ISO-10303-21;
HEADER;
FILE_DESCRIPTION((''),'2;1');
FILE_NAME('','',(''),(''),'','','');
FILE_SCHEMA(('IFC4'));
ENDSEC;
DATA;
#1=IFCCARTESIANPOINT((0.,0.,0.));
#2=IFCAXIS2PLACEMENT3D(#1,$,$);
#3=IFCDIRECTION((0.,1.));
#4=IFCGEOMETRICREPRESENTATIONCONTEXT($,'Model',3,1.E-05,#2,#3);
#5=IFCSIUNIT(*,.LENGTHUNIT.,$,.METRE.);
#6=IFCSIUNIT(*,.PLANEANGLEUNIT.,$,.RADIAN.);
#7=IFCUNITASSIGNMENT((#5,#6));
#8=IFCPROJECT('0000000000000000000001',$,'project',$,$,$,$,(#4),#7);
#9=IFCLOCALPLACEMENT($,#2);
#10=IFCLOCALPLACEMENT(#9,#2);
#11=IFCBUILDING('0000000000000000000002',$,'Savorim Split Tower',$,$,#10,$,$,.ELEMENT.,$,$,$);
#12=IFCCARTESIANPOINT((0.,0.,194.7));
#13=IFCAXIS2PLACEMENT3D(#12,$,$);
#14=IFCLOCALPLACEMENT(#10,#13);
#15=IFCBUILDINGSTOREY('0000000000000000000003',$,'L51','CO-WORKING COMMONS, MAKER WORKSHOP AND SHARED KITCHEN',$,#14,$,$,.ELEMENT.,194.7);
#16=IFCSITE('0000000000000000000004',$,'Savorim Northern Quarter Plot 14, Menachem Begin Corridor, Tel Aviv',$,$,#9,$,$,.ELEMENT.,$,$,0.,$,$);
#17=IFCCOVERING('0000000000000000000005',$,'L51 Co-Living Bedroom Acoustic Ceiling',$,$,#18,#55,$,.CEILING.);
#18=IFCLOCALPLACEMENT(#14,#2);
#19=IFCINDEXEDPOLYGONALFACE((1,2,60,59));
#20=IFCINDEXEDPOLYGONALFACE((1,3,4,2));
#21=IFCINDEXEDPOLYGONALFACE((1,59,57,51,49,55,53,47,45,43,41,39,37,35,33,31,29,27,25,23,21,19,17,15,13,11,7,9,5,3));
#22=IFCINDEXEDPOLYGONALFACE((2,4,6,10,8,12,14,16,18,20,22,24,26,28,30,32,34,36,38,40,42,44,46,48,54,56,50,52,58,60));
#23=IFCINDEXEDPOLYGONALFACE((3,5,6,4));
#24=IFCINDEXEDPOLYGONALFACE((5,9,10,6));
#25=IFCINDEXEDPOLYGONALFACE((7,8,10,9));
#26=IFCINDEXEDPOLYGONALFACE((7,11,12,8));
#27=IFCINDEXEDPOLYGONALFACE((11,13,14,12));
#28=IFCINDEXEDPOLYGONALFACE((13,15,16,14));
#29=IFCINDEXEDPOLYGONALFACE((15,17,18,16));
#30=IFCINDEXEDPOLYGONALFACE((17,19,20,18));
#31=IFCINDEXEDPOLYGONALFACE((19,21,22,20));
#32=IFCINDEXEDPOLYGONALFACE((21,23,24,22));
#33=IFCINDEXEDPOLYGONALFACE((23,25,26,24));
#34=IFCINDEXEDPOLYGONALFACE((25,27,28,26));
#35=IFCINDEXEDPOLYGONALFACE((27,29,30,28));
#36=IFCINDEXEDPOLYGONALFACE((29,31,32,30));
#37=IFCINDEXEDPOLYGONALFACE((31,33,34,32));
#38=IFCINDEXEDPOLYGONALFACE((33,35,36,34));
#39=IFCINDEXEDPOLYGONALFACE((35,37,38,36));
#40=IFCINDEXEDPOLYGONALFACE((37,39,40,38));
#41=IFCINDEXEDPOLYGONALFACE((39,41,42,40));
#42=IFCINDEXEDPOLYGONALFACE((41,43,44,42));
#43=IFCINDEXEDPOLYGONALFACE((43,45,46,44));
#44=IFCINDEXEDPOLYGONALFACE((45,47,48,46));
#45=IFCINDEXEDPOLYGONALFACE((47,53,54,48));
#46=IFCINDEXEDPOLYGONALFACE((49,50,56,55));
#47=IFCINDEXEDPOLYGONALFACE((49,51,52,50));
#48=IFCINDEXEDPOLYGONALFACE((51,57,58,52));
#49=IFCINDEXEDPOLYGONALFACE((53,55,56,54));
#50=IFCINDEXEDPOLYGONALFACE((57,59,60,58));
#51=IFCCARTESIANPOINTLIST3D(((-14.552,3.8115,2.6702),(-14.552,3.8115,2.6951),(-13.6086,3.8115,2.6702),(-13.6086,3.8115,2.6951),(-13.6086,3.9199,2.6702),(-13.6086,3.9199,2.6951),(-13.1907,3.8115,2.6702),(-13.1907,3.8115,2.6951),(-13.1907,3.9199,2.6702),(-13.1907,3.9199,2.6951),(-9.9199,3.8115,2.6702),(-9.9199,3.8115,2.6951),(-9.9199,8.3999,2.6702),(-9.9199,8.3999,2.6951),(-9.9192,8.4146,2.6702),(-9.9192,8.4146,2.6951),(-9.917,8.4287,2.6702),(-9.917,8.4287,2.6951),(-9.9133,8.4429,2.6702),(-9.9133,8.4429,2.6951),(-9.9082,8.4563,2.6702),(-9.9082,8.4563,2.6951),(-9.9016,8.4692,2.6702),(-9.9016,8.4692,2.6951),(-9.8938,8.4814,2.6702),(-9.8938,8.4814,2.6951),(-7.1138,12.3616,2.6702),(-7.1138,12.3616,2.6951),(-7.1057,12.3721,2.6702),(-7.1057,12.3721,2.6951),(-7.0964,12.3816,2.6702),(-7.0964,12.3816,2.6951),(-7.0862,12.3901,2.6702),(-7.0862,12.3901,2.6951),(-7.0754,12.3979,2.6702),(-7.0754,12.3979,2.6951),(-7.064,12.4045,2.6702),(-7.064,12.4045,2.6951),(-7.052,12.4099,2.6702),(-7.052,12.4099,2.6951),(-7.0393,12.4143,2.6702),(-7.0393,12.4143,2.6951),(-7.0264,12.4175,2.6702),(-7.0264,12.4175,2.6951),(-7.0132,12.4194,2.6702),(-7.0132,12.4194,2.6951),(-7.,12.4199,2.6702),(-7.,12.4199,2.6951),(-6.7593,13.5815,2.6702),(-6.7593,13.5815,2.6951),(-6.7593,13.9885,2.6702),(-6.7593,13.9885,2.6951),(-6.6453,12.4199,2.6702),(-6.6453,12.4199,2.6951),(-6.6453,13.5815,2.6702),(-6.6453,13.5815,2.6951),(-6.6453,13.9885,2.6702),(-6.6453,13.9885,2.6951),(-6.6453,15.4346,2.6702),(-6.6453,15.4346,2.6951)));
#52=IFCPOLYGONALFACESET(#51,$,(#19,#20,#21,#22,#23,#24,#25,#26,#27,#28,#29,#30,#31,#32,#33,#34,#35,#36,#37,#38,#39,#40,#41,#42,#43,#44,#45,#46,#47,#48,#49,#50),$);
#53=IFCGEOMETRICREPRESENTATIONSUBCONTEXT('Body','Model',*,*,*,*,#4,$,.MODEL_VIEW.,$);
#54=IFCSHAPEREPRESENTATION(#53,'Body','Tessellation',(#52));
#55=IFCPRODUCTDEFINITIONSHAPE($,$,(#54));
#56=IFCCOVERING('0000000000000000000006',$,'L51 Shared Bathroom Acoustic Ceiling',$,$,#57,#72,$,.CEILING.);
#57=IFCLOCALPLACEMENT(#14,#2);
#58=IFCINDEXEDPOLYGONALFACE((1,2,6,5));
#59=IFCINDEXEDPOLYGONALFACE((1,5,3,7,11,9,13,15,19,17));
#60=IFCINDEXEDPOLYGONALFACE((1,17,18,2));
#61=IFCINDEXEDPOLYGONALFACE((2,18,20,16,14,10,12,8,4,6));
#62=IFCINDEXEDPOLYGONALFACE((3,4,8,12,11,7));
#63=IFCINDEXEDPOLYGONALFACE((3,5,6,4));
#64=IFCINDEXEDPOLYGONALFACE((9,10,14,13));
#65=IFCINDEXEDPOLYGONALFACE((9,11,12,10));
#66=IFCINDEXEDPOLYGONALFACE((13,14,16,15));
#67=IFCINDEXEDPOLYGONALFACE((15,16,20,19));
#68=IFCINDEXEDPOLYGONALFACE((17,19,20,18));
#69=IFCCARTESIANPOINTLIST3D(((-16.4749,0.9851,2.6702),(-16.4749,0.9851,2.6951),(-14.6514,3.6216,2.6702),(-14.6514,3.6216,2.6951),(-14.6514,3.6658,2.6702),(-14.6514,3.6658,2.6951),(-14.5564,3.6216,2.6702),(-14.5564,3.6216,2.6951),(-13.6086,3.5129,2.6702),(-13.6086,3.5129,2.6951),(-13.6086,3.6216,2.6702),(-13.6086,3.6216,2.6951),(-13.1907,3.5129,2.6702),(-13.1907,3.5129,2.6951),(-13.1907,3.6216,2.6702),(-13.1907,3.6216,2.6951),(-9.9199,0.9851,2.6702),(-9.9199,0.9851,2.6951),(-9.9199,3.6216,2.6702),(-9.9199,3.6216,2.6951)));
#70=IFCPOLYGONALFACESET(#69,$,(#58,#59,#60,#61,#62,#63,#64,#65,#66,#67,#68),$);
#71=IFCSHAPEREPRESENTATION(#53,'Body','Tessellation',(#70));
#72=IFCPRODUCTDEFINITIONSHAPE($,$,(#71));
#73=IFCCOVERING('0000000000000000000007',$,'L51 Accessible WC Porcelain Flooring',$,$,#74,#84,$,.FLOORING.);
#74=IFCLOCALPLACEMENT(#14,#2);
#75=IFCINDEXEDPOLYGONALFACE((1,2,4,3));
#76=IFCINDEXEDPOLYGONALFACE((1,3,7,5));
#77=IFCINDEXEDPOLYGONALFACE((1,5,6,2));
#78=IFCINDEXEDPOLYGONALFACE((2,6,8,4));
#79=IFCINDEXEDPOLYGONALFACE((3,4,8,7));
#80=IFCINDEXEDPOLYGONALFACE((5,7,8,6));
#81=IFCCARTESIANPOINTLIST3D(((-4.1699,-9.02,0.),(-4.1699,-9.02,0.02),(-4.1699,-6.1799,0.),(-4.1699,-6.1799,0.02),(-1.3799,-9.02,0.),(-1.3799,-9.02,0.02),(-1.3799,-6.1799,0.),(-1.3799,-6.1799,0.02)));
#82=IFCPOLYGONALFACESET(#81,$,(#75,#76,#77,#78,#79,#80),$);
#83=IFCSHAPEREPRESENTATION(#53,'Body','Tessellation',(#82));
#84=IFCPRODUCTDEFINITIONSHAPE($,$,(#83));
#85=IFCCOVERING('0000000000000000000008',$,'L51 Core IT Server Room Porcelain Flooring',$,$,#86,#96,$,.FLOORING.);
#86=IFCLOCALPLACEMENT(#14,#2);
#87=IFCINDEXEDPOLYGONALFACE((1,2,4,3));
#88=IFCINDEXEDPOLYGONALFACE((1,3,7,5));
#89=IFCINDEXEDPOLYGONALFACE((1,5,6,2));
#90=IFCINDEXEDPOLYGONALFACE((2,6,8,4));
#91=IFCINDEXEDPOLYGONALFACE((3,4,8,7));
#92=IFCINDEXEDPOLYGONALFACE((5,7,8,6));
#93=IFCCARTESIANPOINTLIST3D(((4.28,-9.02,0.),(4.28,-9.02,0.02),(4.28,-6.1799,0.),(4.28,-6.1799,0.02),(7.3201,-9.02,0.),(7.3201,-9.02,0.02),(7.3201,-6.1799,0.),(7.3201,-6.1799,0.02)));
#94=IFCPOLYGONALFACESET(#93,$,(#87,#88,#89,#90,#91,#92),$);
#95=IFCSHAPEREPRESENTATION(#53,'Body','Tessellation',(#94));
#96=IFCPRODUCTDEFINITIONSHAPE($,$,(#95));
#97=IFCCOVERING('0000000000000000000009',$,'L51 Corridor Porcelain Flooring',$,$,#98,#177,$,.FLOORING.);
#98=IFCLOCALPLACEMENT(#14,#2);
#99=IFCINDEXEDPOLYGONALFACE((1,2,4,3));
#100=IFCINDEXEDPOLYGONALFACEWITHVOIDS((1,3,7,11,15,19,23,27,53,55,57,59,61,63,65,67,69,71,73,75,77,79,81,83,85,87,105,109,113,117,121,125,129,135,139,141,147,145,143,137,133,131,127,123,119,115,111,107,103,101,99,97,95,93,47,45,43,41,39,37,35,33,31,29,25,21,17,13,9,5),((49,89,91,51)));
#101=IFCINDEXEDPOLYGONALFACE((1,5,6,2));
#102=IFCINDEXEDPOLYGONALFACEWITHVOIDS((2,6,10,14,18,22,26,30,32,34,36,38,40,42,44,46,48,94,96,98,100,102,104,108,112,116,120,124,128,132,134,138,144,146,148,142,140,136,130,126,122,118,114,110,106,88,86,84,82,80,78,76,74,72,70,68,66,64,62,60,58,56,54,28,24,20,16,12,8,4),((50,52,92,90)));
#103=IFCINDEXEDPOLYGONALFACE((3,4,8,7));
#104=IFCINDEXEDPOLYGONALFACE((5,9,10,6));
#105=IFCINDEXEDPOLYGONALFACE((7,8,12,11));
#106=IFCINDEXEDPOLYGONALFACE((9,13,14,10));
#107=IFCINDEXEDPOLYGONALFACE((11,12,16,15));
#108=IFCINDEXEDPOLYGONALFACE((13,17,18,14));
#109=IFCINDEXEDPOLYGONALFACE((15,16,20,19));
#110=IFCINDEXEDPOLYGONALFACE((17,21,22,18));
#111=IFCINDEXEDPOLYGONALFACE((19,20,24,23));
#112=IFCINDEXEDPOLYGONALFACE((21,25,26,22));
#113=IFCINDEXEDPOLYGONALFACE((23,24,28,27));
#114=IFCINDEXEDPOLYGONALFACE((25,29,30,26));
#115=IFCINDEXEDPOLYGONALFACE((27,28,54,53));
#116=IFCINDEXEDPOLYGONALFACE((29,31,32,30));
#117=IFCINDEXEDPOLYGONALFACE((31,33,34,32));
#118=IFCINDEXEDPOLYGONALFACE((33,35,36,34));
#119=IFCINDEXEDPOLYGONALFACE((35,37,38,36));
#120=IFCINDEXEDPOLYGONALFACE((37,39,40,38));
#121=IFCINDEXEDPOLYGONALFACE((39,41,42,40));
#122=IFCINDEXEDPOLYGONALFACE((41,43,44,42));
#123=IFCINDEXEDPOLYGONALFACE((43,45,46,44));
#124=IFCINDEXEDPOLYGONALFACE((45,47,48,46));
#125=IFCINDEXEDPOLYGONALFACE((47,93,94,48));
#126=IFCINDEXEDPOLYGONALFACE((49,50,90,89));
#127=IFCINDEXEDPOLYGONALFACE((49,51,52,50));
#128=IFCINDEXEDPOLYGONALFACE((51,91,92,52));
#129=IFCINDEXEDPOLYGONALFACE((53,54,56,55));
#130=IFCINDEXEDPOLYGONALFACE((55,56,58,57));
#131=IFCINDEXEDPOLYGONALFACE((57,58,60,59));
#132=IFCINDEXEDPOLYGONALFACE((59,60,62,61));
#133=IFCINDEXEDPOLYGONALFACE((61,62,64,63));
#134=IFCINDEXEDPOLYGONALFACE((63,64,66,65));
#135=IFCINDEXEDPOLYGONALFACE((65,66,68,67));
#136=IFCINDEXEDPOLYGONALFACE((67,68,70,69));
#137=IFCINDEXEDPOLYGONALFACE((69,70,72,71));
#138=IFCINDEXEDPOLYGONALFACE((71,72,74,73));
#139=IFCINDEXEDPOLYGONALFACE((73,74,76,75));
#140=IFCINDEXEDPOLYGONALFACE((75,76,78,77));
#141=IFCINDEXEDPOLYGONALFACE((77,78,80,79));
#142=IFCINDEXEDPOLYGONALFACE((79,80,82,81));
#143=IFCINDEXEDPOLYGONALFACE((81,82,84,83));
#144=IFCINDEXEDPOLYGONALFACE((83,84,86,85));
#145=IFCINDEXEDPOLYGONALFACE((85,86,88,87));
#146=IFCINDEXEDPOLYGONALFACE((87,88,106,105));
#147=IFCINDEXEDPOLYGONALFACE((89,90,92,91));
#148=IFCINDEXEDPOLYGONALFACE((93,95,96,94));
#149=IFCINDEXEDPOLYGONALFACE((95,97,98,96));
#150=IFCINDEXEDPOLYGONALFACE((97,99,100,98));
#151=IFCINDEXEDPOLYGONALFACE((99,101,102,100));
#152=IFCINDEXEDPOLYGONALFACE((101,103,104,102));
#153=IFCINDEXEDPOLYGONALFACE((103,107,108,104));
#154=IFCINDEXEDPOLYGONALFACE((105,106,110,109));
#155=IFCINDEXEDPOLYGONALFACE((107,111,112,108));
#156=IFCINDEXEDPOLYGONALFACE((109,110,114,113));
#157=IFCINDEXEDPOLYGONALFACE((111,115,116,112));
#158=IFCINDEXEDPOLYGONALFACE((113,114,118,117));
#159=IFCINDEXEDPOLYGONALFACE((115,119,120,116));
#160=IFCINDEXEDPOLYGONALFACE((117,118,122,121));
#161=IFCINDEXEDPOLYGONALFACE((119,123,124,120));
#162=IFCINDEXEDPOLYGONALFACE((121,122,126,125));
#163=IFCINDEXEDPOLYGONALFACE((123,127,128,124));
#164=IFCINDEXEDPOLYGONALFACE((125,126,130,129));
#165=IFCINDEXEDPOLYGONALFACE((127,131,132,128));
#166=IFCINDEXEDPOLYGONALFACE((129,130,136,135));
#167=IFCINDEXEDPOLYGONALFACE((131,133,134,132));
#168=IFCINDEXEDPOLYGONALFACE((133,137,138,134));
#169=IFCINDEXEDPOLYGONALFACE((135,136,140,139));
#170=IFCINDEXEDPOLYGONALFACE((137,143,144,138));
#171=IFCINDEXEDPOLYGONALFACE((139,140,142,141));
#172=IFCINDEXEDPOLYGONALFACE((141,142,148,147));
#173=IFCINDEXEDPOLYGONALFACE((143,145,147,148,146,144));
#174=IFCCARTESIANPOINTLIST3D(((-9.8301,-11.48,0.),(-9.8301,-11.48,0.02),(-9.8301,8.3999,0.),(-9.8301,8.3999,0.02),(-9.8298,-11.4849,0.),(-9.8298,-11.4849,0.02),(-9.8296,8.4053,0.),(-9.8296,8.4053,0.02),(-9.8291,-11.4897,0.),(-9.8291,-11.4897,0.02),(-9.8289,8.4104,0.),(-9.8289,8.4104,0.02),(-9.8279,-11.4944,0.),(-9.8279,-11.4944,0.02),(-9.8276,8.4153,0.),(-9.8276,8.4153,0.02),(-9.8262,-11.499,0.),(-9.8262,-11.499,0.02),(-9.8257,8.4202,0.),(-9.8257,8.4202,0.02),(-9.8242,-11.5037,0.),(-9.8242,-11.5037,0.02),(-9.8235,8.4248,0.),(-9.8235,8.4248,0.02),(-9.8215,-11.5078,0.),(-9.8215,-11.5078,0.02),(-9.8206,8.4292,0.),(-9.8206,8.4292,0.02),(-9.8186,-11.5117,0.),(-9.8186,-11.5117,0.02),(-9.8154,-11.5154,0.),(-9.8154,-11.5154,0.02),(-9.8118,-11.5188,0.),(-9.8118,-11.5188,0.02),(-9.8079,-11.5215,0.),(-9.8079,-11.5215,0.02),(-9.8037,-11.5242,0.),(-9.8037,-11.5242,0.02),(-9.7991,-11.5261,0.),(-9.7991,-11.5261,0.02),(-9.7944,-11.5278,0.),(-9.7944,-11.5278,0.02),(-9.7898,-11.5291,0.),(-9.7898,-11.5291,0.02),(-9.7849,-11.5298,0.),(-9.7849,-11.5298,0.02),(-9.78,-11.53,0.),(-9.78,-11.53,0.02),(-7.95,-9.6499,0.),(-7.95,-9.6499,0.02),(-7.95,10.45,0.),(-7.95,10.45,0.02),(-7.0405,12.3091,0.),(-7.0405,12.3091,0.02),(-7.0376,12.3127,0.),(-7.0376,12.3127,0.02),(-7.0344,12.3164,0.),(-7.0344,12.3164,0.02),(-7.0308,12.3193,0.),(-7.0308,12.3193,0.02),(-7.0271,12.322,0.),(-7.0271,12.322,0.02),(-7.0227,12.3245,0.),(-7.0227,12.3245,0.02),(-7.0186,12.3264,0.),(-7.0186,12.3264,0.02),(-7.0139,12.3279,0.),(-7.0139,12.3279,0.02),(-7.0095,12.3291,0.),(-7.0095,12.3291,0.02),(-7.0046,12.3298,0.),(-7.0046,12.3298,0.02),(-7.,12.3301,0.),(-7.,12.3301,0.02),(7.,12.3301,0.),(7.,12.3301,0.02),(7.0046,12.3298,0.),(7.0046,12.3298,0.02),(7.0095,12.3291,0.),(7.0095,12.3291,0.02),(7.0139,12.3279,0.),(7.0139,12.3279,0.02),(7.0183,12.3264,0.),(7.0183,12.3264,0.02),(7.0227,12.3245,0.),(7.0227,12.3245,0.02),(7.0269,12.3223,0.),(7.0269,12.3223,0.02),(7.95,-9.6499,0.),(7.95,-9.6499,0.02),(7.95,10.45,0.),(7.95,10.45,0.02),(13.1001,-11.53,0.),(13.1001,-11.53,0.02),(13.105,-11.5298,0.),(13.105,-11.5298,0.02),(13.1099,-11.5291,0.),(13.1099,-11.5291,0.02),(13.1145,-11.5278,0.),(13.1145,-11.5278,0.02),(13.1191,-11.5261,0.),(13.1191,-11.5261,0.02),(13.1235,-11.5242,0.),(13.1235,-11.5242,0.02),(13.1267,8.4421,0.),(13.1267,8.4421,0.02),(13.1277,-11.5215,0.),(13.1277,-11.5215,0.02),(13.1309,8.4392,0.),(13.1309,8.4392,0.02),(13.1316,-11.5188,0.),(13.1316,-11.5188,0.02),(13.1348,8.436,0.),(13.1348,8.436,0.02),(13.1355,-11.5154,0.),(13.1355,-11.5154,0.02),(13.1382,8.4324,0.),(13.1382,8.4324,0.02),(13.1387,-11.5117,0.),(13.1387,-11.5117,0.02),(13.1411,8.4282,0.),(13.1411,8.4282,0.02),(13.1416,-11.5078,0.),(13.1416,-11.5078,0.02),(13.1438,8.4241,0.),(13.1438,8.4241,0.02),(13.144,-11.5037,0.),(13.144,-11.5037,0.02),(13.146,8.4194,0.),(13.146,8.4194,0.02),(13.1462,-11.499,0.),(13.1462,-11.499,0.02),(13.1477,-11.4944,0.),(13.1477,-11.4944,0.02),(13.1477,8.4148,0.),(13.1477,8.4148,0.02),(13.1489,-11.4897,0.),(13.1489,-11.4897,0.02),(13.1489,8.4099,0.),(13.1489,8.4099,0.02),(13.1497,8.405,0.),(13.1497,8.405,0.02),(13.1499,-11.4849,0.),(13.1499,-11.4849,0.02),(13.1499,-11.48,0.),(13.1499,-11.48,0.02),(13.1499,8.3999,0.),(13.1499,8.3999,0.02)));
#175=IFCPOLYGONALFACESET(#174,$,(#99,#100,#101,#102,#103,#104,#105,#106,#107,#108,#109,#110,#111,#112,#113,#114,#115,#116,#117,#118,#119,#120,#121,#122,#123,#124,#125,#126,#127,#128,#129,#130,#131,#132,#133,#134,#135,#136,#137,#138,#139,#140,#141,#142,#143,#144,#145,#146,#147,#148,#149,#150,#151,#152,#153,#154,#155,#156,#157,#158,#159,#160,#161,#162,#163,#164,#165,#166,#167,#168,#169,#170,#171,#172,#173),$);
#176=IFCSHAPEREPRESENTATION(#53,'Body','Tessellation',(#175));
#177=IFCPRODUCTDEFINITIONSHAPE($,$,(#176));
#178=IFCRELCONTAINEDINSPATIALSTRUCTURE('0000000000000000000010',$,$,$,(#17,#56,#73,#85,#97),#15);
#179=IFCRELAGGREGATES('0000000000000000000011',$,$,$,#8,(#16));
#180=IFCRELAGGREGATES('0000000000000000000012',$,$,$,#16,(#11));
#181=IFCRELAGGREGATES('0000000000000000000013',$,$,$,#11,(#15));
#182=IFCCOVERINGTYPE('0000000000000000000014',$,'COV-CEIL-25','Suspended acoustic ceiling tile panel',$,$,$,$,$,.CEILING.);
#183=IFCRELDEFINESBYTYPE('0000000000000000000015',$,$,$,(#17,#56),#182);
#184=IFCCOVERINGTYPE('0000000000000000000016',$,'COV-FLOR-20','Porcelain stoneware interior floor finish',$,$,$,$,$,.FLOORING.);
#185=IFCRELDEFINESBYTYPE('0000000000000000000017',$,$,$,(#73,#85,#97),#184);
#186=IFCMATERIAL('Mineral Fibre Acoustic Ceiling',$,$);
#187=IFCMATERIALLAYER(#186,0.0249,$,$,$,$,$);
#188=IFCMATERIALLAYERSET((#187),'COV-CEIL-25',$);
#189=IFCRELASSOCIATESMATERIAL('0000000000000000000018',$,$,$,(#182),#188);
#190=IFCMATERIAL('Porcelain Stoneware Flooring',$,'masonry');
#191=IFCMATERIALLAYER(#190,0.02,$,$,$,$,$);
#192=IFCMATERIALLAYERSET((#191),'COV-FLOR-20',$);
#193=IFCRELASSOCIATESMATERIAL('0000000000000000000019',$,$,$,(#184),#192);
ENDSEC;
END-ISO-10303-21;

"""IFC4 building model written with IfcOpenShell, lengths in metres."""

from ifc_helpers import new_model, si_unit, direction, frame, origin, place, context, subcontext, project, spatial, polyline, outline, extrude, material, layer, layer_set, type_object, element, save


model = new_model("IFC4")

# Units and contexts
model_context = context("Model", 3, precision=1e-05, world=origin(), true_north=direction((0.0, 1.0)))
body_context = subcontext(model_context, "Body", "Model", "MODEL_VIEW")
ifc_project = project(units=[si_unit("LENGTHUNIT", "METRE"), si_unit("PLANEANGLEUNIT", "RADIAN")], contexts=[model_context])

# Site, building, storey
site_placement = place(None, origin())
site = spatial("IfcSite", under=ifc_project, at=site_placement, Name="Savorim Northern Quarter Plot 14, Menachem Begin Corridor, Tel Aviv", CompositionType="ELEMENT", RefElevation=0.0)
building_placement = place(site_placement, origin())
building = spatial("IfcBuilding", under=site, at=building_placement, Name="Savorim Split Tower", CompositionType="ELEMENT")
storey_placement = place(building_placement, frame((0.0, 0.0, 194.7)))
storey = spatial("IfcBuildingStorey", under=building, at=storey_placement, Name="L51", Description="CO-WORKING COMMONS, MAKER WORKSHOP AND SHARED KITCHEN", CompositionType="ELEMENT", Elevation=194.7)

# Coverings
ifc_material_1 = material(Name="Mineral Fibre Acoustic Ceiling")
ifc_layer_1 = layer(ifc_material_1, 0.0249)
ifc_layer_set_1 = layer_set([ifc_layer_1], Name="COV-CEIL-25")
covering_type_1 = type_object("IfcCoveringType", Name="COV-CEIL-25", Description="Suspended acoustic ceiling tile panel", PredefinedType="CEILING", material=ifc_layer_set_1)
covering_1_placement = place(storey_placement, frame((0.0, 0.0, 2.6702)))
element("IfcCovering", 1, at=covering_1_placement, inside=storey, type_object=covering_type_1, Name="L51 Co-Living Bedroom Acoustic Ceiling", PredefinedType="CEILING", context=body_context, shape_type="SweptSolid", body=[
    extrude(outline(polyline([(-7.0132, 12.4194), (-7.0, 12.4199), (-6.6453, 12.4199), (-6.6453, 13.5815), (-6.7593, 13.5815), (-6.7593, 13.9885), (-6.6453, 13.9885), (-6.6453, 15.4346), (-14.552, 3.8115), (-13.6086, 3.8115), (-13.6086, 3.9199), (-13.1907, 3.9199), (-13.1907, 3.8115), (-9.9199, 3.8115), (-9.9199, 8.3999), (-9.9192, 8.4146), (-9.917, 8.4287), (-9.9133, 8.4429), (-9.9082, 8.4563), (-9.9016, 8.4692), (-9.8938, 8.4814), (-7.1138, 12.3616), (-7.1057, 12.3721), (-7.0964, 12.3816), (-7.0862, 12.3901), (-7.0754, 12.3979), (-7.064, 12.4045), (-7.052, 12.4099), (-7.0393, 12.4143), (-7.0264, 12.4175), (-7.0132, 12.4194)])), origin(), (0.0, 0.0, 1.0), 0.0249),
])
covering_2_placement = place(storey_placement, frame((0.0, 0.0, 2.6702)))
element("IfcCovering", 2, at=covering_2_placement, inside=storey, type_object=covering_type_1, Name="L51 Shared Bathroom Acoustic Ceiling", PredefinedType="CEILING", context=body_context, shape_type="SweptSolid", body=[
    extrude(outline(polyline([(-13.6086, 3.6216), (-14.5564, 3.6216), (-14.6514, 3.6216), (-14.6514, 3.6658), (-16.4749, 0.9851), (-9.9199, 0.9851), (-9.9199, 3.6216), (-13.1907, 3.6216), (-13.1907, 3.5129), (-13.6086, 3.5129), (-13.6086, 3.6216)])), origin(), (0.0, 0.0, 1.0), 0.0249),
])
ifc_material_2 = material(Name="Porcelain Stoneware Flooring", Category="masonry")
ifc_layer_2 = layer(ifc_material_2, 0.02)
ifc_layer_set_2 = layer_set([ifc_layer_2], Name="COV-FLOR-20")
covering_type_2 = type_object("IfcCoveringType", Name="COV-FLOR-20", Description="Porcelain stoneware interior floor finish", PredefinedType="FLOORING", material=ifc_layer_set_2)
covering_3_placement = place(storey_placement, origin())
element("IfcCovering", 3, at=covering_3_placement, inside=storey, type_object=covering_type_2, Name="L51 Accessible WC Porcelain Flooring", PredefinedType="FLOORING", context=body_context, shape_type="SweptSolid", body=[
    extrude(outline(polyline([(-4.1699, -6.1799), (-4.1699, -9.02), (-1.3799, -9.02), (-1.3799, -6.1799), (-4.1699, -6.1799)])), origin(), (0.0, 0.0, 1.0), 0.02),
])
covering_4_placement = place(storey_placement, origin())
element("IfcCovering", 4, at=covering_4_placement, inside=storey, type_object=covering_type_2, Name="L51 Core IT Server Room Porcelain Flooring", PredefinedType="FLOORING", context=body_context, shape_type="SweptSolid", body=[
    extrude(outline(polyline([(4.28, -6.1799), (4.28, -9.02), (7.3201, -9.02), (7.3201, -6.1799), (4.28, -6.1799)])), origin(), (0.0, 0.0, 1.0), 0.02),
])
covering_5_placement = place(storey_placement, origin())
element("IfcCovering", 5, at=covering_5_placement, inside=storey, type_object=covering_type_2, Name="L51 Corridor Porcelain Flooring", PredefinedType="FLOORING", context=body_context, shape_type="SweptSolid", body=[
    extrude(outline(polyline([(7.0095, 12.3291), (7.0046, 12.3298), (7.0, 12.3301), (-7.0, 12.3301), (-7.0046, 12.3298), (-7.0095, 12.3291), (-7.0139, 12.3279), (-7.0186, 12.3264), (-7.0227, 12.3245), (-7.0271, 12.322), (-7.0308, 12.3193), (-7.0344, 12.3164), (-7.0376, 12.3127), (-7.0405, 12.3091), (-9.8206, 8.4292), (-9.8235, 8.4248), (-9.8257, 8.4202), (-9.8276, 8.4153), (-9.8289, 8.4104), (-9.8296, 8.4053), (-9.8301, 8.3999), (-9.8301, -11.48), (-9.8298, -11.4849), (-9.8291, -11.4897), (-9.8279, -11.4944), (-9.8262, -11.499), (-9.8242, -11.5037), (-9.8215, -11.5078), (-9.8186, -11.5117), (-9.8154, -11.5154), (-9.8118, -11.5188), (-9.8079, -11.5215), (-9.8037, -11.5242), (-9.7991, -11.5261), (-9.7944, -11.5278), (-9.7898, -11.5291), (-9.7849, -11.5298), (-9.78, -11.53), (13.1001, -11.53), (13.105, -11.5298), (13.1099, -11.5291), (13.1145, -11.5278), (13.1191, -11.5261), (13.1235, -11.5242), (13.1277, -11.5215), (13.1316, -11.5188), (13.1355, -11.5154), (13.1387, -11.5117), (13.1416, -11.5078), (13.144, -11.5037), (13.1462, -11.499), (13.1477, -11.4944), (13.1489, -11.4897), (13.1499, -11.4849), (13.1499, -11.48), (13.1499, 8.3999), (13.1497, 8.405), (13.1489, 8.4099), (13.1477, 8.4148), (13.146, 8.4194), (13.1438, 8.4241), (13.1411, 8.4282), (13.1382, 8.4324), (13.1348, 8.436), (13.1309, 8.4392), (13.1267, 8.4421), (7.0269, 12.3223), (7.0227, 12.3245), (7.0183, 12.3264), (7.0139, 12.3279), (7.0095, 12.3291)]), holes=[polyline([(-7.95, 10.45), (-7.95, -9.6499), (7.95, -9.6499), (7.95, 10.45), (-7.95, 10.45)])]), origin(), (0.0, 0.0, 1.0), 0.02),
])

save(model, "model.ifc")
